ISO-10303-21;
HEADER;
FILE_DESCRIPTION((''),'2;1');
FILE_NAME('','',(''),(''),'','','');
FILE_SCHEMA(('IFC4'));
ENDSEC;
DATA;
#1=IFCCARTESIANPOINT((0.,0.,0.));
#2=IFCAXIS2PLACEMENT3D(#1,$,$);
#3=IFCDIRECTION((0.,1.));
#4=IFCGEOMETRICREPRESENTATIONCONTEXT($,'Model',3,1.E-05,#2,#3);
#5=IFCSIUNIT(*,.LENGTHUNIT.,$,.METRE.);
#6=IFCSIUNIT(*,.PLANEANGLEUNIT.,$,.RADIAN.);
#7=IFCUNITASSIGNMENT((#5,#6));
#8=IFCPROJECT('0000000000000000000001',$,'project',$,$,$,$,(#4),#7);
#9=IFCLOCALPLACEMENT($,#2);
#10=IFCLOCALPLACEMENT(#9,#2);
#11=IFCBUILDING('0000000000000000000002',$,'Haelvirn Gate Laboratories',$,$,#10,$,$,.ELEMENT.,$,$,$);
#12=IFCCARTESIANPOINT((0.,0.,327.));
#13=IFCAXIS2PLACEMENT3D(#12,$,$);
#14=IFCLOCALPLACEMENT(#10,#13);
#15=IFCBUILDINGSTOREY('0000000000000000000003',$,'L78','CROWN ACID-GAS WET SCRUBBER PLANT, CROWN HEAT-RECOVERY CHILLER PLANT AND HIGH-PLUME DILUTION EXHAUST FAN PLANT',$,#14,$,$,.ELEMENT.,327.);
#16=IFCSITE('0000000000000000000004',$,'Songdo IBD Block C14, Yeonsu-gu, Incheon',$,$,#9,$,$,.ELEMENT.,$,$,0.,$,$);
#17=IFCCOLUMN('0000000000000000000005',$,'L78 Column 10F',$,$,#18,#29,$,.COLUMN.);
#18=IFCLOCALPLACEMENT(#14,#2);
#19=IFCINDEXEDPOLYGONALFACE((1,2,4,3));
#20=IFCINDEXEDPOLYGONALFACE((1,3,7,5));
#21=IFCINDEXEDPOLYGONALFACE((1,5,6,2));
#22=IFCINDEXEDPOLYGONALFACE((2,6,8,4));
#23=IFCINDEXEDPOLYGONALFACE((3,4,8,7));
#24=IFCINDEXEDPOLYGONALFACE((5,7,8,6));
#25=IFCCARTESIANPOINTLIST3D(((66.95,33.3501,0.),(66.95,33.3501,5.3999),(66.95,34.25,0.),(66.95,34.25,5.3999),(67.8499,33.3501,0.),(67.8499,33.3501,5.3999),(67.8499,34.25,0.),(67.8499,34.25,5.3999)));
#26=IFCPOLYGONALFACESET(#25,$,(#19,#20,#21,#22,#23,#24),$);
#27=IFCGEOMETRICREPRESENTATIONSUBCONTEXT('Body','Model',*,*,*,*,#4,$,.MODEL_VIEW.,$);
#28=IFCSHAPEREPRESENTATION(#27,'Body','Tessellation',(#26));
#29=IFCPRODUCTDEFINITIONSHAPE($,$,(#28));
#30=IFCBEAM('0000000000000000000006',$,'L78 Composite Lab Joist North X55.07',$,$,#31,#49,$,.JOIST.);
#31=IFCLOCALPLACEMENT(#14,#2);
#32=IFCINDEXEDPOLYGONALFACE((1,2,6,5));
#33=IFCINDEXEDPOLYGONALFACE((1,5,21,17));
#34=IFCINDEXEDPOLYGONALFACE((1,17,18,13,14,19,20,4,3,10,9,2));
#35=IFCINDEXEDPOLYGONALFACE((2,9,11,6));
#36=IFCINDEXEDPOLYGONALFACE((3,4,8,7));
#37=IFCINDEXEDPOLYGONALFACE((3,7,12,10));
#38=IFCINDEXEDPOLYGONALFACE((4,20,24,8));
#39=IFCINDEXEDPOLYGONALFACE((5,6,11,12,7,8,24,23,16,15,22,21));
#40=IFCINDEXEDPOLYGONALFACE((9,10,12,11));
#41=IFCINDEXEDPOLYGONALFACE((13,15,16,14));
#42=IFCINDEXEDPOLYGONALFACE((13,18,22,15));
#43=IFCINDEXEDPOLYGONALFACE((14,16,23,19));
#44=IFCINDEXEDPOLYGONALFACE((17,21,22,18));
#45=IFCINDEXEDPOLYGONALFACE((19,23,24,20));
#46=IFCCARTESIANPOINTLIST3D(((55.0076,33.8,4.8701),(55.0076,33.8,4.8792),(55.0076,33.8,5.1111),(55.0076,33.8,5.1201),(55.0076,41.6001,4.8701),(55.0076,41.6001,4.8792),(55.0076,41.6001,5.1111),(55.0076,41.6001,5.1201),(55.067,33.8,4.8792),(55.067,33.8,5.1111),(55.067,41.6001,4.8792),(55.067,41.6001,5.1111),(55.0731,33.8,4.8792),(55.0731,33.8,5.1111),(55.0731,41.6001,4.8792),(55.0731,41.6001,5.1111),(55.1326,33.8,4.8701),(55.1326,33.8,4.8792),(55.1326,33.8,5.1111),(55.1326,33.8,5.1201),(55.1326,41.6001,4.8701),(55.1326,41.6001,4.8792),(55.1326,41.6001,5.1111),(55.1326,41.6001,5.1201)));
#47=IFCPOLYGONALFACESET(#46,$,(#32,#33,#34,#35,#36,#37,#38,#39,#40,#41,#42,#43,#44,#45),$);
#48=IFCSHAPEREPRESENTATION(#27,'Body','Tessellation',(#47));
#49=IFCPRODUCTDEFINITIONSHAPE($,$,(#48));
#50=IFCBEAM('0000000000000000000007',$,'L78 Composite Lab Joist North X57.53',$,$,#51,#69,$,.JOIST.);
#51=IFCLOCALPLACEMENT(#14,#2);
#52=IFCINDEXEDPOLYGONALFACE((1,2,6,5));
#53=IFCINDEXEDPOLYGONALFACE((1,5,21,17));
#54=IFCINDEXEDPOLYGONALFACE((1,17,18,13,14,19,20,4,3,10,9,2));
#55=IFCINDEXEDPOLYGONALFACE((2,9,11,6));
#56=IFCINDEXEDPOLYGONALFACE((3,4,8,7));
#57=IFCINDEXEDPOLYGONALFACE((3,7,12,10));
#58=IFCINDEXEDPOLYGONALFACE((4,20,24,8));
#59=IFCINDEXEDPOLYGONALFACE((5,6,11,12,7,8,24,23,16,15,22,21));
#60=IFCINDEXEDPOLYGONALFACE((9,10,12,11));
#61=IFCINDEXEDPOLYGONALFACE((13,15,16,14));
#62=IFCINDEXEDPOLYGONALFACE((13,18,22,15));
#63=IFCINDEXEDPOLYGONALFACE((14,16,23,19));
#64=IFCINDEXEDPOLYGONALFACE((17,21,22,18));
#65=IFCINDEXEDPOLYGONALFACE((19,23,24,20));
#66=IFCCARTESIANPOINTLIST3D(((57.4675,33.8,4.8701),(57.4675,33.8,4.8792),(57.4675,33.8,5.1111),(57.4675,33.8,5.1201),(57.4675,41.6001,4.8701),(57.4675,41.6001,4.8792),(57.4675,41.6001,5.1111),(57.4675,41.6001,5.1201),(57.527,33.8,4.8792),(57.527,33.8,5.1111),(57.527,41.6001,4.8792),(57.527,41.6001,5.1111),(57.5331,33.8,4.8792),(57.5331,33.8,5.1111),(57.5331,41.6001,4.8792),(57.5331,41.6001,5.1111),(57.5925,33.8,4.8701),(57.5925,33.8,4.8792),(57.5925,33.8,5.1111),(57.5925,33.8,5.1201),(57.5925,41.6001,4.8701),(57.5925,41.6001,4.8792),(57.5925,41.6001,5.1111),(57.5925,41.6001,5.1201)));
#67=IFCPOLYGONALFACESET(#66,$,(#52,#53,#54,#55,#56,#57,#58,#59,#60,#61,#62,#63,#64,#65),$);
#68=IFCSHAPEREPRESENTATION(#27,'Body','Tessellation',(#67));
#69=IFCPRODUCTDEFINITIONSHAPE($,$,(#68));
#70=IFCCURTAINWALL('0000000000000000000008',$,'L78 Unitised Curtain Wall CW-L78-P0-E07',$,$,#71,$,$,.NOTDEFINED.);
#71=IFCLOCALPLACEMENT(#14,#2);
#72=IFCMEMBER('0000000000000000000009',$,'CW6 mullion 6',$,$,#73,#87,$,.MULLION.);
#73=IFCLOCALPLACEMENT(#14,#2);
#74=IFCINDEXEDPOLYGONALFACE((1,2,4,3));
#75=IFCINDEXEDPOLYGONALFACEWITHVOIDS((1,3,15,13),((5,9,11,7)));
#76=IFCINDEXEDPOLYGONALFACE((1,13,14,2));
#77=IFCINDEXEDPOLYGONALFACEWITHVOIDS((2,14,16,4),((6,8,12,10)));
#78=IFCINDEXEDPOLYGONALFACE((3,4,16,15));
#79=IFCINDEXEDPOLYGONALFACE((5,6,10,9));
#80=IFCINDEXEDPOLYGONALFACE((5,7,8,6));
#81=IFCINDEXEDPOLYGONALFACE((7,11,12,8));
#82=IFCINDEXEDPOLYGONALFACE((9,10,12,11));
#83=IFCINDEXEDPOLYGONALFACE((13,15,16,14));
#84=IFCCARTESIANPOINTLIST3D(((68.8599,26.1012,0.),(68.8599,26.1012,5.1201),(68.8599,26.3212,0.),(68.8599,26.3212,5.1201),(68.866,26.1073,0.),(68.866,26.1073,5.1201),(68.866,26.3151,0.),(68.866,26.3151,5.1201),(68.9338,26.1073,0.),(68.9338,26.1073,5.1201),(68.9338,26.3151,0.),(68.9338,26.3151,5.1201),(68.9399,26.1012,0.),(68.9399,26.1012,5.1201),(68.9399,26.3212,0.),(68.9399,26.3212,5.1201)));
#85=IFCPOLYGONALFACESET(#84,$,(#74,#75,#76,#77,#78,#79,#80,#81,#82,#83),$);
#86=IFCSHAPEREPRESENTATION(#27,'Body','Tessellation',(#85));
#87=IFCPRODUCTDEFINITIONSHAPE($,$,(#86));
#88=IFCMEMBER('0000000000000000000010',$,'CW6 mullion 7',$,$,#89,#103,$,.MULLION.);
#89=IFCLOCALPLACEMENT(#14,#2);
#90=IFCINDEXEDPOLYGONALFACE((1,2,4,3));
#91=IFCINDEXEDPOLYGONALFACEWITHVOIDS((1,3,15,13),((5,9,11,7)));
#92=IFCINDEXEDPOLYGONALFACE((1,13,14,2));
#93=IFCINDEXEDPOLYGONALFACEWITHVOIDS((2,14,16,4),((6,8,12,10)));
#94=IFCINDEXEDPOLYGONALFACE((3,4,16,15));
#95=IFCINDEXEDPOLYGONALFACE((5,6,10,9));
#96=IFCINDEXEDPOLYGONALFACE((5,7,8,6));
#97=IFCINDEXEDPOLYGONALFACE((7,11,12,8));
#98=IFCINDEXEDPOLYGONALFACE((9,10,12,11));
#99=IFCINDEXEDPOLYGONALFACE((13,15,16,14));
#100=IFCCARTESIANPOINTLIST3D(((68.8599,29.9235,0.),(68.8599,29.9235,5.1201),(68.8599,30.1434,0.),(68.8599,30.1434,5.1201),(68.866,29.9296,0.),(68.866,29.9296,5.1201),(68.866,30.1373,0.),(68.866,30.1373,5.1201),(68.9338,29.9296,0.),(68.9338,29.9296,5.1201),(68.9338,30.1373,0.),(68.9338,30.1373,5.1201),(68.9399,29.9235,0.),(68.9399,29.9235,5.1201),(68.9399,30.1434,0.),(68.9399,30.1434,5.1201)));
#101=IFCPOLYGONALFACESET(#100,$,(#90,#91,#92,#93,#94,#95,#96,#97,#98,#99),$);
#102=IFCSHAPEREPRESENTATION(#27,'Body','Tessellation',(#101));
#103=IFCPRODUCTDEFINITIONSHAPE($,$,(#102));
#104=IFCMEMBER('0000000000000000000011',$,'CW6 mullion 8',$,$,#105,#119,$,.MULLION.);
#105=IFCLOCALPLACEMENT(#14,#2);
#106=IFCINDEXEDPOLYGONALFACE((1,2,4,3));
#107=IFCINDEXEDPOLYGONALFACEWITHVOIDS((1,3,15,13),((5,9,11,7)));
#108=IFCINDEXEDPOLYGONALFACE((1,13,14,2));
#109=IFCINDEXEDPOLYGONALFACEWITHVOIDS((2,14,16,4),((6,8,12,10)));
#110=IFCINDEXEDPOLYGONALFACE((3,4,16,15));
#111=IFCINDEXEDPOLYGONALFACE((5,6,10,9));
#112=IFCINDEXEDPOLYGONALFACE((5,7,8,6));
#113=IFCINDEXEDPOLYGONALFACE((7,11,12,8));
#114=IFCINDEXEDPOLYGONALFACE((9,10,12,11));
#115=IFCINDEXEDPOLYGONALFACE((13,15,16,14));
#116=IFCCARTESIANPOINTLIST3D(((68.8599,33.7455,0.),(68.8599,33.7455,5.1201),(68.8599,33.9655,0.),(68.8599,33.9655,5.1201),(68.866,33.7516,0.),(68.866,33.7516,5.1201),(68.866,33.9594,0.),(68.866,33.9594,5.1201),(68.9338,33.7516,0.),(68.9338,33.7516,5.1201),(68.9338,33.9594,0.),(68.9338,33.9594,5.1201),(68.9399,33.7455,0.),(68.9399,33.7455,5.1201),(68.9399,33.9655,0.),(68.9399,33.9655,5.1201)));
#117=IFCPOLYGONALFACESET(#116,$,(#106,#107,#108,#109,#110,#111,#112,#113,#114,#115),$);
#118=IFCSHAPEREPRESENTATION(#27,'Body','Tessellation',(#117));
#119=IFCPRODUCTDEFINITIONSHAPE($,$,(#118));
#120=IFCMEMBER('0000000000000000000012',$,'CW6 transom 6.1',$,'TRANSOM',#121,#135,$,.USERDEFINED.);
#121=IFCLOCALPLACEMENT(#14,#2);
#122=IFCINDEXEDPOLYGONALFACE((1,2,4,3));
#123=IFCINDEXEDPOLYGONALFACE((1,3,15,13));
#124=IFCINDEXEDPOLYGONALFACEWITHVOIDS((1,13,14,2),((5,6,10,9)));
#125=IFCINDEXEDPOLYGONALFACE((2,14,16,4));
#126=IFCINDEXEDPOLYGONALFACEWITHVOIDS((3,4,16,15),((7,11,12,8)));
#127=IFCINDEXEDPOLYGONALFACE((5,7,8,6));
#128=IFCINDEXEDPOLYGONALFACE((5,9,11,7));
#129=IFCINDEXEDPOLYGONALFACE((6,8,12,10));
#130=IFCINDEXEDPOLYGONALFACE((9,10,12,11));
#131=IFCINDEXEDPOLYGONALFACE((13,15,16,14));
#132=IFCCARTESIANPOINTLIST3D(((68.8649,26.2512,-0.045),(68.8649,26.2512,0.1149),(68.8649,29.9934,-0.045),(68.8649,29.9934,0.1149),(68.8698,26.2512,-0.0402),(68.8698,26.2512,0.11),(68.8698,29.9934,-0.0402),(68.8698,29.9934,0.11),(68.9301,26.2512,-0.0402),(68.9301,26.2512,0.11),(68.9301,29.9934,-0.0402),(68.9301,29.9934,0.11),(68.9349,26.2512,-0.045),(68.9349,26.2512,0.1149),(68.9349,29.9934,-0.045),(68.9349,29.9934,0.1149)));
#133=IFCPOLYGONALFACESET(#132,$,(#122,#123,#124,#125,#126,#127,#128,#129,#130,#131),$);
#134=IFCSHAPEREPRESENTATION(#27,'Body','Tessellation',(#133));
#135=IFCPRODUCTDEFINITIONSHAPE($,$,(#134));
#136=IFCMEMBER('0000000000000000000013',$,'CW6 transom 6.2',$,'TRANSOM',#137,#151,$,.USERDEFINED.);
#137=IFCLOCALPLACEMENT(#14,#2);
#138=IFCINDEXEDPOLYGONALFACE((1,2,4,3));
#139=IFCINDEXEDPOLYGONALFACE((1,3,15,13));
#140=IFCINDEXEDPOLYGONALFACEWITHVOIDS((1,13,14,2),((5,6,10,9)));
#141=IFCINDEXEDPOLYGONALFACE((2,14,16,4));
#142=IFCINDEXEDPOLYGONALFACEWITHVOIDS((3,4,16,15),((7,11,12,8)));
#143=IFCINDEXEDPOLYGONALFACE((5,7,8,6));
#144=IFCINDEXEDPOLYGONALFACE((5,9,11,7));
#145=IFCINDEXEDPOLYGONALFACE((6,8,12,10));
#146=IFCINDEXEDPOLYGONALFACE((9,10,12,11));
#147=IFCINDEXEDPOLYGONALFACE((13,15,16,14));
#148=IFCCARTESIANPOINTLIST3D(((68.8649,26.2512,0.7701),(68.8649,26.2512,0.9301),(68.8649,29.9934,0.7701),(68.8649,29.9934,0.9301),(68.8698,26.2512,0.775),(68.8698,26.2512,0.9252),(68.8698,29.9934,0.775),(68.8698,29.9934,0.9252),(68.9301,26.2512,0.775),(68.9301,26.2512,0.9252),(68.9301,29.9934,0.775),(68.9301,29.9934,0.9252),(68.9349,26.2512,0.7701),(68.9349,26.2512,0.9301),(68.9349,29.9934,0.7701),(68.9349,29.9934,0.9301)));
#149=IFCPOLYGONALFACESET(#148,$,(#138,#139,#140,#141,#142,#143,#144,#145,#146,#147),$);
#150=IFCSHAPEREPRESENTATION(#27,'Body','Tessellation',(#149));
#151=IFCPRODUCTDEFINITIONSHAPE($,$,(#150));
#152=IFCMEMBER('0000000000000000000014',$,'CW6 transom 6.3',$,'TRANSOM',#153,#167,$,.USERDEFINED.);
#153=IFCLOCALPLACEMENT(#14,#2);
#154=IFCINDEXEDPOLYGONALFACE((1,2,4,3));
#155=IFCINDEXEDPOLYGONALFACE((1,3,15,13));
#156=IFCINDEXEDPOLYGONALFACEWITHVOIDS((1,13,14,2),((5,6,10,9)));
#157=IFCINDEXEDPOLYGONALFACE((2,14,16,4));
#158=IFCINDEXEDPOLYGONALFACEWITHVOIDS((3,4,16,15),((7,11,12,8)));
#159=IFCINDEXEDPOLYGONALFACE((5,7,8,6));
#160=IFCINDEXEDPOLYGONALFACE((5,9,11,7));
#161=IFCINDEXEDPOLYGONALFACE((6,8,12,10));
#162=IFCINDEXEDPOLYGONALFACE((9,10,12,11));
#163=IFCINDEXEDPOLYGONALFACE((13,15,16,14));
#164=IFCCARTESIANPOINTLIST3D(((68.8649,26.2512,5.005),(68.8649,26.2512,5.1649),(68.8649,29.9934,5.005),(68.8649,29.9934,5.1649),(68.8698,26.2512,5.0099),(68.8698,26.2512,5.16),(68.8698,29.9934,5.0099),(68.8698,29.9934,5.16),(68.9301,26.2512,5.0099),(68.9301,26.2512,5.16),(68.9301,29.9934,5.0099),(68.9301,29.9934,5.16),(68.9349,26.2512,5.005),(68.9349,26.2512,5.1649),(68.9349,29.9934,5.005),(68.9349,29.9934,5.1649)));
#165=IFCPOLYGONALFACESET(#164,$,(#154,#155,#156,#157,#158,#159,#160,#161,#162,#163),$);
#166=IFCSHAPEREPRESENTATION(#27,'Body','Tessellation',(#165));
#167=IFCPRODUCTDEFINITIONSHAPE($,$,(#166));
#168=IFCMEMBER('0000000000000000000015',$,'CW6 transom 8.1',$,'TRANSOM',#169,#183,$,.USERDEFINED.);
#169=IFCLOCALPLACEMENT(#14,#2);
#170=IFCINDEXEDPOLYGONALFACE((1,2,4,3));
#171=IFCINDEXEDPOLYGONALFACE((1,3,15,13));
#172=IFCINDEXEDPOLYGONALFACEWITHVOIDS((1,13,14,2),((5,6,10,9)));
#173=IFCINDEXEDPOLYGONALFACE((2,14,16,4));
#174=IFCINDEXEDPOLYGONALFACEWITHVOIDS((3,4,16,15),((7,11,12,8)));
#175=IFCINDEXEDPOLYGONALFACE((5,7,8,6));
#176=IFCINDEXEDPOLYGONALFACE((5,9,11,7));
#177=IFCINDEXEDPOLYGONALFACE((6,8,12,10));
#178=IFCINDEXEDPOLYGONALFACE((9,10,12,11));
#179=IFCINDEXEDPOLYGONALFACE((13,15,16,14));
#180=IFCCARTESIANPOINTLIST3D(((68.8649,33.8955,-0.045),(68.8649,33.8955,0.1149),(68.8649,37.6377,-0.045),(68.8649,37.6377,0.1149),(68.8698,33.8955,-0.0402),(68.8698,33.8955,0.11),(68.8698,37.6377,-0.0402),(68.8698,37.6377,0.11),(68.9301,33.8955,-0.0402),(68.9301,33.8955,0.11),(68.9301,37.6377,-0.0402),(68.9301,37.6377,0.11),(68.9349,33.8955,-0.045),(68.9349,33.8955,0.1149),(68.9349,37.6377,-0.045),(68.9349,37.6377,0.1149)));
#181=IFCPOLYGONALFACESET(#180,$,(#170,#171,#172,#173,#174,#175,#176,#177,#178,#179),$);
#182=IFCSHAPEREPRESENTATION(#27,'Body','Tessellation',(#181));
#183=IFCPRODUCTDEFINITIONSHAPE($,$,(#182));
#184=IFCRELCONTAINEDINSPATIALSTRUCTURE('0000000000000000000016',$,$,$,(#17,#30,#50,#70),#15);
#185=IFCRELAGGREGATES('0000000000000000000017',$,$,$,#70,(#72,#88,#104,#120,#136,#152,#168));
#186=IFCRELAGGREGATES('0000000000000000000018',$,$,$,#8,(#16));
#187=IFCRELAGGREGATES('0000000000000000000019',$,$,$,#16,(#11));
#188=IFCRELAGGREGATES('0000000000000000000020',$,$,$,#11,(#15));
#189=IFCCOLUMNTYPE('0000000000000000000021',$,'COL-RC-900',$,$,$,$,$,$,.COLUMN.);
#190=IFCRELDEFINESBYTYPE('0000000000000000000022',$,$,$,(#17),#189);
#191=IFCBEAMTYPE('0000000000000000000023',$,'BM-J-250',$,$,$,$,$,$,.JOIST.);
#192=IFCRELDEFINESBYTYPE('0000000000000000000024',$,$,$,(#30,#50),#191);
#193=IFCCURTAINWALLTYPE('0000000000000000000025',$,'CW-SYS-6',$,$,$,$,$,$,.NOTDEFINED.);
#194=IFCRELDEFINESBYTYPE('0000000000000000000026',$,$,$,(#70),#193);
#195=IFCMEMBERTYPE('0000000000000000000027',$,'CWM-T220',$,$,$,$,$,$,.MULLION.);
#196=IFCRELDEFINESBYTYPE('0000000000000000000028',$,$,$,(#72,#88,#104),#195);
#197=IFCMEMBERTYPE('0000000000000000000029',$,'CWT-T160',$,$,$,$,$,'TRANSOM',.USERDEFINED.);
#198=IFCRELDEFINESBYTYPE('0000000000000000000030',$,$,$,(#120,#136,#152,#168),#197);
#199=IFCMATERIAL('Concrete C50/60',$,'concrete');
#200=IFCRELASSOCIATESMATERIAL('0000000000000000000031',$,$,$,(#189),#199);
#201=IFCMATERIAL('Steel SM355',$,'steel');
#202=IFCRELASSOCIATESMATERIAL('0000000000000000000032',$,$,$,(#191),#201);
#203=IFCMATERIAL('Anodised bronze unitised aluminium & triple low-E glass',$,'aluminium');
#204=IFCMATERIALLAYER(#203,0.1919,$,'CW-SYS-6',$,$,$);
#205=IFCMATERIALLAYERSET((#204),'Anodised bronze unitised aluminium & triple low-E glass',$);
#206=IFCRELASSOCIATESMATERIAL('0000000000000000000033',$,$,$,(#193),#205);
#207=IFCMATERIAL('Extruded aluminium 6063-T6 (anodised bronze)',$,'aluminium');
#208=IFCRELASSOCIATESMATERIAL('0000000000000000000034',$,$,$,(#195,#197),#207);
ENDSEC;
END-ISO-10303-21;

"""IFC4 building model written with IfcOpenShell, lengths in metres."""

from ifc_helpers import new_model, si_unit, direction, frame, origin, origin_2d, place, context, subcontext, project, spatial, rectangle, hollow_rectangle, i_section, extrude, source, transform, mapped, material, layer, layer_set, material_profile, profile_set, type_object, type_shapes, element, aggregate, save


model = new_model("IFC4")

# Units and contexts
model_context = context("Model", 3, precision=1e-05, world=origin(), true_north=direction((0.0, 1.0)))
body_context = subcontext(model_context, "Body", "Model", "MODEL_VIEW")
ifc_project = project(units=[si_unit("LENGTHUNIT", "METRE"), si_unit("PLANEANGLEUNIT", "RADIAN")], contexts=[model_context])

# Site, building, storey
site_placement = place(None, origin())
site = spatial("IfcSite", under=ifc_project, at=site_placement, Name="Songdo IBD Block C14, Yeonsu-gu, Incheon", CompositionType="ELEMENT", RefElevation=0.0)
building_placement = place(site_placement, origin())
building = spatial("IfcBuilding", under=site, at=building_placement, Name="Haelvirn Gate Laboratories", CompositionType="ELEMENT")
storey_placement = place(building_placement, frame((0.0, 0.0, 327.0)))
storey = spatial("IfcBuildingStorey", under=building, at=storey_placement, Name="L78", Description="CROWN ACID-GAS WET SCRUBBER PLANT, CROWN HEAT-RECOVERY CHILLER PLANT AND HIGH-PLUME DILUTION EXHAUST FAN PLANT", CompositionType="ELEMENT", Elevation=327.0)

# Column
ifc_material_1 = material(Name="Concrete C50/60", Category="concrete")
ifc_material_profile_1 = material_profile(ifc_material_1, rectangle(XDim=0.8999, YDim=0.8999, at=origin_2d()), Name="RC-900x900")
ifc_profile_set_1 = profile_set([ifc_material_profile_1], Name="Concrete C50/60")
column_type = type_object("IfcColumnType", Name="COL-RC-900", PredefinedType="COLUMN", material=ifc_profile_set_1)
shared_shape_1 = source(origin(), body_context, "Body", "SweptSolid", [
    extrude(rectangle(XDim=0.8999, YDim=0.8999, at=origin_2d()), origin(), (0.0, 0.0, 1.0), 5.3999),
])
type_shapes(column_type, [shared_shape_1])
column_placement = place(storey_placement, frame((67.3999, 33.8, 0.0), z_axis=(0.0, 0.0, 1.0), x_axis=(1.0, 0.0, 0.0)))
element("IfcColumn", 1, at=column_placement, inside=storey, type_object=column_type, Name="L78 Column 10F", PredefinedType="COLUMN", context=body_context, shape_type="MappedRepresentation", body=[
    mapped(shared_shape_1, transform((0.0, 0.0, 0.0), scale=1.0)),
])

# Beams
ifc_material_2 = material(Name="Steel SM355", Category="steel")
ifc_material_profile_2 = material_profile(ifc_material_2, i_section(OverallWidth=0.125, OverallDepth=0.25, WebThickness=0.0061, FlangeThickness=0.009, at=origin_2d()), Name="H-250x125x6x9")
ifc_profile_set_2 = profile_set([ifc_material_profile_2], Name="Steel SM355")
beam_type = type_object("IfcBeamType", Name="BM-J-250", PredefinedType="JOIST", material=ifc_profile_set_2)
shared_shape_2 = source(origin(), body_context, "Body", "SweptSolid", [
    extrude(i_section(OverallWidth=0.125, OverallDepth=0.25, WebThickness=0.0061, FlangeThickness=0.009, at=origin_2d()), origin(), (0.0, 0.0, 1.0), 7.8),
])
type_shapes(beam_type, [shared_shape_2])
for number, where, z_axis, x_axis, name in (
    (2, (55.0701, 33.8, 4.9951), (0.0, 1.0, 0.0), (-1.0, 0.0, 0.0), "L78 Composite Lab Joist North X55.07"),
    (3, (57.53, 33.8, 4.9951), (0.0, 1.0, 0.0), (-1.0, 0.0, 0.0), "L78 Composite Lab Joist North X57.53"),
):
    element("IfcBeam", number, at=place(storey_placement, frame(where, z_axis=z_axis, x_axis=x_axis)), inside=storey, type_object=beam_type, Name=name, PredefinedType="JOIST", context=body_context, shape_type="MappedRepresentation", body=[
        mapped(shared_shape_2, transform((0.0, 0.0, 0.0), scale=1.0)),
    ])

# Curtain wall, members
ifc_material_3 = material(Name="Anodised bronze unitised aluminium & triple low-E glass", Category="aluminium")
ifc_layer_1 = layer(ifc_material_3, 0.1919, Name="CW-SYS-6")
ifc_layer_set_1 = layer_set([ifc_layer_1], Name="Anodised bronze unitised aluminium & triple low-E glass")
curtain_wall_type = type_object("IfcCurtainWallType", Name="CW-SYS-6", PredefinedType="NOTDEFINED", material=ifc_layer_set_1)
curtain_wall_placement = place(storey_placement, origin())
curtain_wall = element("IfcCurtainWall", 4, at=curtain_wall_placement, inside=storey, type_object=curtain_wall_type, Name="L78 Unitised Curtain Wall CW-L78-P0-E07", PredefinedType="NOTDEFINED")
ifc_material_4 = material(Name="Extruded aluminium 6063-T6 (anodised bronze)", Category="aluminium")
ifc_material_profile_3 = material_profile(ifc_material_4, hollow_rectangle(XDim=0.0801, YDim=0.22, WallThickness=0.0061, at=origin_2d()), Name="CWM-220x80x6")
ifc_profile_set_3 = profile_set([ifc_material_profile_3], Name="Extruded aluminium 6063-T6 (anodised bronze)")
member_type_1 = type_object("IfcMemberType", Name="CWM-T220", PredefinedType="MULLION", material=ifc_profile_set_3)
shared_shape_3 = source(origin(), body_context, "Body", "SweptSolid", [
    extrude(hollow_rectangle(XDim=0.0801, YDim=0.22, WallThickness=0.0061, at=origin_2d()), origin(), (0.0, 0.0, 1.0), 5.1201),
])
type_shapes(member_type_1, [shared_shape_3])
member_1_placement = place(storey_placement, frame((68.8999, 26.2112, 0.0), z_axis=(0.0, 0.0, 1.0), x_axis=(-1.0, 0.0, 0.0)))
member_1 = element("IfcMember", 5, at=member_1_placement, type_object=member_type_1, Name="CW6 mullion 6", PredefinedType="MULLION", context=body_context, shape_type="MappedRepresentation", body=[
    mapped(shared_shape_3, transform((0.0, 0.0, 0.0), scale=1.0)),
])
member_2_placement = place(storey_placement, frame((68.8999, 30.0334, 0.0), z_axis=(0.0, 0.0, 1.0), x_axis=(-1.0, 0.0, 0.0)))
member_2 = element("IfcMember", 6, at=member_2_placement, type_object=member_type_1, Name="CW6 mullion 7", PredefinedType="MULLION", context=body_context, shape_type="MappedRepresentation", body=[
    mapped(shared_shape_3, transform((0.0, 0.0, 0.0), scale=1.0)),
])
member_3_placement = place(storey_placement, frame((68.8999, 33.8555, 0.0), z_axis=(0.0, 0.0, 1.0), x_axis=(-1.0, 0.0, 0.0)))
member_3 = element("IfcMember", 7, at=member_3_placement, type_object=member_type_1, Name="CW6 mullion 8", PredefinedType="MULLION", context=body_context, shape_type="MappedRepresentation", body=[
    mapped(shared_shape_3, transform((0.0, 0.0, 0.0), scale=1.0)),
])
ifc_material_profile_4 = material_profile(ifc_material_4, hollow_rectangle(XDim=0.0701, YDim=0.1599, WallThickness=0.0049, at=origin_2d()), Name="CWT-160x70x5")
ifc_profile_set_4 = profile_set([ifc_material_profile_4], Name="Extruded aluminium 6063-T6 (anodised bronze)")
member_type_2 = type_object("IfcMemberType", Name="CWT-T160", ElementType="TRANSOM", PredefinedType="USERDEFINED", material=ifc_profile_set_4)
shared_shape_4 = source(origin(), body_context, "Body", "SweptSolid", [
    extrude(hollow_rectangle(XDim=0.0701, YDim=0.1599, WallThickness=0.0049, at=origin_2d()), origin(), (0.0, 0.0, 1.0), 3.7422),
])
member_4_placement = place(storey_placement, frame((68.8999, 26.2512, 0.0349), z_axis=(0.0, 1.0, 0.0), x_axis=(-1.0, 0.0, 0.0)))
member_4 = element("IfcMember", 8, at=member_4_placement, type_object=member_type_2, Name="CW6 transom 6.1", ObjectType="TRANSOM", PredefinedType="USERDEFINED", context=body_context, shape_type="MappedRepresentation", body=[
    mapped(shared_shape_4, transform((0.0, 0.0, 0.0), scale=1.0)),
])
member_5_placement = place(storey_placement, frame((68.8999, 26.2512, 0.8501), z_axis=(0.0, 1.0, 0.0), x_axis=(-1.0, 0.0, 0.0)))
member_5 = element("IfcMember", 9, at=member_5_placement, type_object=member_type_2, Name="CW6 transom 6.2", ObjectType="TRANSOM", PredefinedType="USERDEFINED", context=body_context, shape_type="MappedRepresentation", body=[
    mapped(shared_shape_4, transform((0.0, 0.0, 0.0), scale=1.0)),
])
member_6_placement = place(storey_placement, frame((68.8999, 26.2512, 5.085), z_axis=(0.0, 1.0, 0.0), x_axis=(-1.0, 0.0, 0.0)))
member_6 = element("IfcMember", 10, at=member_6_placement, type_object=member_type_2, Name="CW6 transom 6.3", ObjectType="TRANSOM", PredefinedType="USERDEFINED", context=body_context, shape_type="MappedRepresentation", body=[
    mapped(shared_shape_4, transform((0.0, 0.0, 0.0), scale=1.0)),
])
member_7_placement = place(storey_placement, frame((68.8999, 33.8955, 0.0349), z_axis=(0.0, 1.0, 0.0), x_axis=(-1.0, 0.0, 0.0)))
member_7 = element("IfcMember", 11, at=member_7_placement, type_object=member_type_2, Name="CW6 transom 8.1", ObjectType="TRANSOM", PredefinedType="USERDEFINED", context=body_context, shape_type="MappedRepresentation", body=[
    mapped(shared_shape_4, transform((0.0, 0.0, 0.0), scale=1.0)),
])
aggregate(curtain_wall, [member_1, member_2, member_3, member_4, member_5, member_6, member_7])

save(model, "model.ifc")
